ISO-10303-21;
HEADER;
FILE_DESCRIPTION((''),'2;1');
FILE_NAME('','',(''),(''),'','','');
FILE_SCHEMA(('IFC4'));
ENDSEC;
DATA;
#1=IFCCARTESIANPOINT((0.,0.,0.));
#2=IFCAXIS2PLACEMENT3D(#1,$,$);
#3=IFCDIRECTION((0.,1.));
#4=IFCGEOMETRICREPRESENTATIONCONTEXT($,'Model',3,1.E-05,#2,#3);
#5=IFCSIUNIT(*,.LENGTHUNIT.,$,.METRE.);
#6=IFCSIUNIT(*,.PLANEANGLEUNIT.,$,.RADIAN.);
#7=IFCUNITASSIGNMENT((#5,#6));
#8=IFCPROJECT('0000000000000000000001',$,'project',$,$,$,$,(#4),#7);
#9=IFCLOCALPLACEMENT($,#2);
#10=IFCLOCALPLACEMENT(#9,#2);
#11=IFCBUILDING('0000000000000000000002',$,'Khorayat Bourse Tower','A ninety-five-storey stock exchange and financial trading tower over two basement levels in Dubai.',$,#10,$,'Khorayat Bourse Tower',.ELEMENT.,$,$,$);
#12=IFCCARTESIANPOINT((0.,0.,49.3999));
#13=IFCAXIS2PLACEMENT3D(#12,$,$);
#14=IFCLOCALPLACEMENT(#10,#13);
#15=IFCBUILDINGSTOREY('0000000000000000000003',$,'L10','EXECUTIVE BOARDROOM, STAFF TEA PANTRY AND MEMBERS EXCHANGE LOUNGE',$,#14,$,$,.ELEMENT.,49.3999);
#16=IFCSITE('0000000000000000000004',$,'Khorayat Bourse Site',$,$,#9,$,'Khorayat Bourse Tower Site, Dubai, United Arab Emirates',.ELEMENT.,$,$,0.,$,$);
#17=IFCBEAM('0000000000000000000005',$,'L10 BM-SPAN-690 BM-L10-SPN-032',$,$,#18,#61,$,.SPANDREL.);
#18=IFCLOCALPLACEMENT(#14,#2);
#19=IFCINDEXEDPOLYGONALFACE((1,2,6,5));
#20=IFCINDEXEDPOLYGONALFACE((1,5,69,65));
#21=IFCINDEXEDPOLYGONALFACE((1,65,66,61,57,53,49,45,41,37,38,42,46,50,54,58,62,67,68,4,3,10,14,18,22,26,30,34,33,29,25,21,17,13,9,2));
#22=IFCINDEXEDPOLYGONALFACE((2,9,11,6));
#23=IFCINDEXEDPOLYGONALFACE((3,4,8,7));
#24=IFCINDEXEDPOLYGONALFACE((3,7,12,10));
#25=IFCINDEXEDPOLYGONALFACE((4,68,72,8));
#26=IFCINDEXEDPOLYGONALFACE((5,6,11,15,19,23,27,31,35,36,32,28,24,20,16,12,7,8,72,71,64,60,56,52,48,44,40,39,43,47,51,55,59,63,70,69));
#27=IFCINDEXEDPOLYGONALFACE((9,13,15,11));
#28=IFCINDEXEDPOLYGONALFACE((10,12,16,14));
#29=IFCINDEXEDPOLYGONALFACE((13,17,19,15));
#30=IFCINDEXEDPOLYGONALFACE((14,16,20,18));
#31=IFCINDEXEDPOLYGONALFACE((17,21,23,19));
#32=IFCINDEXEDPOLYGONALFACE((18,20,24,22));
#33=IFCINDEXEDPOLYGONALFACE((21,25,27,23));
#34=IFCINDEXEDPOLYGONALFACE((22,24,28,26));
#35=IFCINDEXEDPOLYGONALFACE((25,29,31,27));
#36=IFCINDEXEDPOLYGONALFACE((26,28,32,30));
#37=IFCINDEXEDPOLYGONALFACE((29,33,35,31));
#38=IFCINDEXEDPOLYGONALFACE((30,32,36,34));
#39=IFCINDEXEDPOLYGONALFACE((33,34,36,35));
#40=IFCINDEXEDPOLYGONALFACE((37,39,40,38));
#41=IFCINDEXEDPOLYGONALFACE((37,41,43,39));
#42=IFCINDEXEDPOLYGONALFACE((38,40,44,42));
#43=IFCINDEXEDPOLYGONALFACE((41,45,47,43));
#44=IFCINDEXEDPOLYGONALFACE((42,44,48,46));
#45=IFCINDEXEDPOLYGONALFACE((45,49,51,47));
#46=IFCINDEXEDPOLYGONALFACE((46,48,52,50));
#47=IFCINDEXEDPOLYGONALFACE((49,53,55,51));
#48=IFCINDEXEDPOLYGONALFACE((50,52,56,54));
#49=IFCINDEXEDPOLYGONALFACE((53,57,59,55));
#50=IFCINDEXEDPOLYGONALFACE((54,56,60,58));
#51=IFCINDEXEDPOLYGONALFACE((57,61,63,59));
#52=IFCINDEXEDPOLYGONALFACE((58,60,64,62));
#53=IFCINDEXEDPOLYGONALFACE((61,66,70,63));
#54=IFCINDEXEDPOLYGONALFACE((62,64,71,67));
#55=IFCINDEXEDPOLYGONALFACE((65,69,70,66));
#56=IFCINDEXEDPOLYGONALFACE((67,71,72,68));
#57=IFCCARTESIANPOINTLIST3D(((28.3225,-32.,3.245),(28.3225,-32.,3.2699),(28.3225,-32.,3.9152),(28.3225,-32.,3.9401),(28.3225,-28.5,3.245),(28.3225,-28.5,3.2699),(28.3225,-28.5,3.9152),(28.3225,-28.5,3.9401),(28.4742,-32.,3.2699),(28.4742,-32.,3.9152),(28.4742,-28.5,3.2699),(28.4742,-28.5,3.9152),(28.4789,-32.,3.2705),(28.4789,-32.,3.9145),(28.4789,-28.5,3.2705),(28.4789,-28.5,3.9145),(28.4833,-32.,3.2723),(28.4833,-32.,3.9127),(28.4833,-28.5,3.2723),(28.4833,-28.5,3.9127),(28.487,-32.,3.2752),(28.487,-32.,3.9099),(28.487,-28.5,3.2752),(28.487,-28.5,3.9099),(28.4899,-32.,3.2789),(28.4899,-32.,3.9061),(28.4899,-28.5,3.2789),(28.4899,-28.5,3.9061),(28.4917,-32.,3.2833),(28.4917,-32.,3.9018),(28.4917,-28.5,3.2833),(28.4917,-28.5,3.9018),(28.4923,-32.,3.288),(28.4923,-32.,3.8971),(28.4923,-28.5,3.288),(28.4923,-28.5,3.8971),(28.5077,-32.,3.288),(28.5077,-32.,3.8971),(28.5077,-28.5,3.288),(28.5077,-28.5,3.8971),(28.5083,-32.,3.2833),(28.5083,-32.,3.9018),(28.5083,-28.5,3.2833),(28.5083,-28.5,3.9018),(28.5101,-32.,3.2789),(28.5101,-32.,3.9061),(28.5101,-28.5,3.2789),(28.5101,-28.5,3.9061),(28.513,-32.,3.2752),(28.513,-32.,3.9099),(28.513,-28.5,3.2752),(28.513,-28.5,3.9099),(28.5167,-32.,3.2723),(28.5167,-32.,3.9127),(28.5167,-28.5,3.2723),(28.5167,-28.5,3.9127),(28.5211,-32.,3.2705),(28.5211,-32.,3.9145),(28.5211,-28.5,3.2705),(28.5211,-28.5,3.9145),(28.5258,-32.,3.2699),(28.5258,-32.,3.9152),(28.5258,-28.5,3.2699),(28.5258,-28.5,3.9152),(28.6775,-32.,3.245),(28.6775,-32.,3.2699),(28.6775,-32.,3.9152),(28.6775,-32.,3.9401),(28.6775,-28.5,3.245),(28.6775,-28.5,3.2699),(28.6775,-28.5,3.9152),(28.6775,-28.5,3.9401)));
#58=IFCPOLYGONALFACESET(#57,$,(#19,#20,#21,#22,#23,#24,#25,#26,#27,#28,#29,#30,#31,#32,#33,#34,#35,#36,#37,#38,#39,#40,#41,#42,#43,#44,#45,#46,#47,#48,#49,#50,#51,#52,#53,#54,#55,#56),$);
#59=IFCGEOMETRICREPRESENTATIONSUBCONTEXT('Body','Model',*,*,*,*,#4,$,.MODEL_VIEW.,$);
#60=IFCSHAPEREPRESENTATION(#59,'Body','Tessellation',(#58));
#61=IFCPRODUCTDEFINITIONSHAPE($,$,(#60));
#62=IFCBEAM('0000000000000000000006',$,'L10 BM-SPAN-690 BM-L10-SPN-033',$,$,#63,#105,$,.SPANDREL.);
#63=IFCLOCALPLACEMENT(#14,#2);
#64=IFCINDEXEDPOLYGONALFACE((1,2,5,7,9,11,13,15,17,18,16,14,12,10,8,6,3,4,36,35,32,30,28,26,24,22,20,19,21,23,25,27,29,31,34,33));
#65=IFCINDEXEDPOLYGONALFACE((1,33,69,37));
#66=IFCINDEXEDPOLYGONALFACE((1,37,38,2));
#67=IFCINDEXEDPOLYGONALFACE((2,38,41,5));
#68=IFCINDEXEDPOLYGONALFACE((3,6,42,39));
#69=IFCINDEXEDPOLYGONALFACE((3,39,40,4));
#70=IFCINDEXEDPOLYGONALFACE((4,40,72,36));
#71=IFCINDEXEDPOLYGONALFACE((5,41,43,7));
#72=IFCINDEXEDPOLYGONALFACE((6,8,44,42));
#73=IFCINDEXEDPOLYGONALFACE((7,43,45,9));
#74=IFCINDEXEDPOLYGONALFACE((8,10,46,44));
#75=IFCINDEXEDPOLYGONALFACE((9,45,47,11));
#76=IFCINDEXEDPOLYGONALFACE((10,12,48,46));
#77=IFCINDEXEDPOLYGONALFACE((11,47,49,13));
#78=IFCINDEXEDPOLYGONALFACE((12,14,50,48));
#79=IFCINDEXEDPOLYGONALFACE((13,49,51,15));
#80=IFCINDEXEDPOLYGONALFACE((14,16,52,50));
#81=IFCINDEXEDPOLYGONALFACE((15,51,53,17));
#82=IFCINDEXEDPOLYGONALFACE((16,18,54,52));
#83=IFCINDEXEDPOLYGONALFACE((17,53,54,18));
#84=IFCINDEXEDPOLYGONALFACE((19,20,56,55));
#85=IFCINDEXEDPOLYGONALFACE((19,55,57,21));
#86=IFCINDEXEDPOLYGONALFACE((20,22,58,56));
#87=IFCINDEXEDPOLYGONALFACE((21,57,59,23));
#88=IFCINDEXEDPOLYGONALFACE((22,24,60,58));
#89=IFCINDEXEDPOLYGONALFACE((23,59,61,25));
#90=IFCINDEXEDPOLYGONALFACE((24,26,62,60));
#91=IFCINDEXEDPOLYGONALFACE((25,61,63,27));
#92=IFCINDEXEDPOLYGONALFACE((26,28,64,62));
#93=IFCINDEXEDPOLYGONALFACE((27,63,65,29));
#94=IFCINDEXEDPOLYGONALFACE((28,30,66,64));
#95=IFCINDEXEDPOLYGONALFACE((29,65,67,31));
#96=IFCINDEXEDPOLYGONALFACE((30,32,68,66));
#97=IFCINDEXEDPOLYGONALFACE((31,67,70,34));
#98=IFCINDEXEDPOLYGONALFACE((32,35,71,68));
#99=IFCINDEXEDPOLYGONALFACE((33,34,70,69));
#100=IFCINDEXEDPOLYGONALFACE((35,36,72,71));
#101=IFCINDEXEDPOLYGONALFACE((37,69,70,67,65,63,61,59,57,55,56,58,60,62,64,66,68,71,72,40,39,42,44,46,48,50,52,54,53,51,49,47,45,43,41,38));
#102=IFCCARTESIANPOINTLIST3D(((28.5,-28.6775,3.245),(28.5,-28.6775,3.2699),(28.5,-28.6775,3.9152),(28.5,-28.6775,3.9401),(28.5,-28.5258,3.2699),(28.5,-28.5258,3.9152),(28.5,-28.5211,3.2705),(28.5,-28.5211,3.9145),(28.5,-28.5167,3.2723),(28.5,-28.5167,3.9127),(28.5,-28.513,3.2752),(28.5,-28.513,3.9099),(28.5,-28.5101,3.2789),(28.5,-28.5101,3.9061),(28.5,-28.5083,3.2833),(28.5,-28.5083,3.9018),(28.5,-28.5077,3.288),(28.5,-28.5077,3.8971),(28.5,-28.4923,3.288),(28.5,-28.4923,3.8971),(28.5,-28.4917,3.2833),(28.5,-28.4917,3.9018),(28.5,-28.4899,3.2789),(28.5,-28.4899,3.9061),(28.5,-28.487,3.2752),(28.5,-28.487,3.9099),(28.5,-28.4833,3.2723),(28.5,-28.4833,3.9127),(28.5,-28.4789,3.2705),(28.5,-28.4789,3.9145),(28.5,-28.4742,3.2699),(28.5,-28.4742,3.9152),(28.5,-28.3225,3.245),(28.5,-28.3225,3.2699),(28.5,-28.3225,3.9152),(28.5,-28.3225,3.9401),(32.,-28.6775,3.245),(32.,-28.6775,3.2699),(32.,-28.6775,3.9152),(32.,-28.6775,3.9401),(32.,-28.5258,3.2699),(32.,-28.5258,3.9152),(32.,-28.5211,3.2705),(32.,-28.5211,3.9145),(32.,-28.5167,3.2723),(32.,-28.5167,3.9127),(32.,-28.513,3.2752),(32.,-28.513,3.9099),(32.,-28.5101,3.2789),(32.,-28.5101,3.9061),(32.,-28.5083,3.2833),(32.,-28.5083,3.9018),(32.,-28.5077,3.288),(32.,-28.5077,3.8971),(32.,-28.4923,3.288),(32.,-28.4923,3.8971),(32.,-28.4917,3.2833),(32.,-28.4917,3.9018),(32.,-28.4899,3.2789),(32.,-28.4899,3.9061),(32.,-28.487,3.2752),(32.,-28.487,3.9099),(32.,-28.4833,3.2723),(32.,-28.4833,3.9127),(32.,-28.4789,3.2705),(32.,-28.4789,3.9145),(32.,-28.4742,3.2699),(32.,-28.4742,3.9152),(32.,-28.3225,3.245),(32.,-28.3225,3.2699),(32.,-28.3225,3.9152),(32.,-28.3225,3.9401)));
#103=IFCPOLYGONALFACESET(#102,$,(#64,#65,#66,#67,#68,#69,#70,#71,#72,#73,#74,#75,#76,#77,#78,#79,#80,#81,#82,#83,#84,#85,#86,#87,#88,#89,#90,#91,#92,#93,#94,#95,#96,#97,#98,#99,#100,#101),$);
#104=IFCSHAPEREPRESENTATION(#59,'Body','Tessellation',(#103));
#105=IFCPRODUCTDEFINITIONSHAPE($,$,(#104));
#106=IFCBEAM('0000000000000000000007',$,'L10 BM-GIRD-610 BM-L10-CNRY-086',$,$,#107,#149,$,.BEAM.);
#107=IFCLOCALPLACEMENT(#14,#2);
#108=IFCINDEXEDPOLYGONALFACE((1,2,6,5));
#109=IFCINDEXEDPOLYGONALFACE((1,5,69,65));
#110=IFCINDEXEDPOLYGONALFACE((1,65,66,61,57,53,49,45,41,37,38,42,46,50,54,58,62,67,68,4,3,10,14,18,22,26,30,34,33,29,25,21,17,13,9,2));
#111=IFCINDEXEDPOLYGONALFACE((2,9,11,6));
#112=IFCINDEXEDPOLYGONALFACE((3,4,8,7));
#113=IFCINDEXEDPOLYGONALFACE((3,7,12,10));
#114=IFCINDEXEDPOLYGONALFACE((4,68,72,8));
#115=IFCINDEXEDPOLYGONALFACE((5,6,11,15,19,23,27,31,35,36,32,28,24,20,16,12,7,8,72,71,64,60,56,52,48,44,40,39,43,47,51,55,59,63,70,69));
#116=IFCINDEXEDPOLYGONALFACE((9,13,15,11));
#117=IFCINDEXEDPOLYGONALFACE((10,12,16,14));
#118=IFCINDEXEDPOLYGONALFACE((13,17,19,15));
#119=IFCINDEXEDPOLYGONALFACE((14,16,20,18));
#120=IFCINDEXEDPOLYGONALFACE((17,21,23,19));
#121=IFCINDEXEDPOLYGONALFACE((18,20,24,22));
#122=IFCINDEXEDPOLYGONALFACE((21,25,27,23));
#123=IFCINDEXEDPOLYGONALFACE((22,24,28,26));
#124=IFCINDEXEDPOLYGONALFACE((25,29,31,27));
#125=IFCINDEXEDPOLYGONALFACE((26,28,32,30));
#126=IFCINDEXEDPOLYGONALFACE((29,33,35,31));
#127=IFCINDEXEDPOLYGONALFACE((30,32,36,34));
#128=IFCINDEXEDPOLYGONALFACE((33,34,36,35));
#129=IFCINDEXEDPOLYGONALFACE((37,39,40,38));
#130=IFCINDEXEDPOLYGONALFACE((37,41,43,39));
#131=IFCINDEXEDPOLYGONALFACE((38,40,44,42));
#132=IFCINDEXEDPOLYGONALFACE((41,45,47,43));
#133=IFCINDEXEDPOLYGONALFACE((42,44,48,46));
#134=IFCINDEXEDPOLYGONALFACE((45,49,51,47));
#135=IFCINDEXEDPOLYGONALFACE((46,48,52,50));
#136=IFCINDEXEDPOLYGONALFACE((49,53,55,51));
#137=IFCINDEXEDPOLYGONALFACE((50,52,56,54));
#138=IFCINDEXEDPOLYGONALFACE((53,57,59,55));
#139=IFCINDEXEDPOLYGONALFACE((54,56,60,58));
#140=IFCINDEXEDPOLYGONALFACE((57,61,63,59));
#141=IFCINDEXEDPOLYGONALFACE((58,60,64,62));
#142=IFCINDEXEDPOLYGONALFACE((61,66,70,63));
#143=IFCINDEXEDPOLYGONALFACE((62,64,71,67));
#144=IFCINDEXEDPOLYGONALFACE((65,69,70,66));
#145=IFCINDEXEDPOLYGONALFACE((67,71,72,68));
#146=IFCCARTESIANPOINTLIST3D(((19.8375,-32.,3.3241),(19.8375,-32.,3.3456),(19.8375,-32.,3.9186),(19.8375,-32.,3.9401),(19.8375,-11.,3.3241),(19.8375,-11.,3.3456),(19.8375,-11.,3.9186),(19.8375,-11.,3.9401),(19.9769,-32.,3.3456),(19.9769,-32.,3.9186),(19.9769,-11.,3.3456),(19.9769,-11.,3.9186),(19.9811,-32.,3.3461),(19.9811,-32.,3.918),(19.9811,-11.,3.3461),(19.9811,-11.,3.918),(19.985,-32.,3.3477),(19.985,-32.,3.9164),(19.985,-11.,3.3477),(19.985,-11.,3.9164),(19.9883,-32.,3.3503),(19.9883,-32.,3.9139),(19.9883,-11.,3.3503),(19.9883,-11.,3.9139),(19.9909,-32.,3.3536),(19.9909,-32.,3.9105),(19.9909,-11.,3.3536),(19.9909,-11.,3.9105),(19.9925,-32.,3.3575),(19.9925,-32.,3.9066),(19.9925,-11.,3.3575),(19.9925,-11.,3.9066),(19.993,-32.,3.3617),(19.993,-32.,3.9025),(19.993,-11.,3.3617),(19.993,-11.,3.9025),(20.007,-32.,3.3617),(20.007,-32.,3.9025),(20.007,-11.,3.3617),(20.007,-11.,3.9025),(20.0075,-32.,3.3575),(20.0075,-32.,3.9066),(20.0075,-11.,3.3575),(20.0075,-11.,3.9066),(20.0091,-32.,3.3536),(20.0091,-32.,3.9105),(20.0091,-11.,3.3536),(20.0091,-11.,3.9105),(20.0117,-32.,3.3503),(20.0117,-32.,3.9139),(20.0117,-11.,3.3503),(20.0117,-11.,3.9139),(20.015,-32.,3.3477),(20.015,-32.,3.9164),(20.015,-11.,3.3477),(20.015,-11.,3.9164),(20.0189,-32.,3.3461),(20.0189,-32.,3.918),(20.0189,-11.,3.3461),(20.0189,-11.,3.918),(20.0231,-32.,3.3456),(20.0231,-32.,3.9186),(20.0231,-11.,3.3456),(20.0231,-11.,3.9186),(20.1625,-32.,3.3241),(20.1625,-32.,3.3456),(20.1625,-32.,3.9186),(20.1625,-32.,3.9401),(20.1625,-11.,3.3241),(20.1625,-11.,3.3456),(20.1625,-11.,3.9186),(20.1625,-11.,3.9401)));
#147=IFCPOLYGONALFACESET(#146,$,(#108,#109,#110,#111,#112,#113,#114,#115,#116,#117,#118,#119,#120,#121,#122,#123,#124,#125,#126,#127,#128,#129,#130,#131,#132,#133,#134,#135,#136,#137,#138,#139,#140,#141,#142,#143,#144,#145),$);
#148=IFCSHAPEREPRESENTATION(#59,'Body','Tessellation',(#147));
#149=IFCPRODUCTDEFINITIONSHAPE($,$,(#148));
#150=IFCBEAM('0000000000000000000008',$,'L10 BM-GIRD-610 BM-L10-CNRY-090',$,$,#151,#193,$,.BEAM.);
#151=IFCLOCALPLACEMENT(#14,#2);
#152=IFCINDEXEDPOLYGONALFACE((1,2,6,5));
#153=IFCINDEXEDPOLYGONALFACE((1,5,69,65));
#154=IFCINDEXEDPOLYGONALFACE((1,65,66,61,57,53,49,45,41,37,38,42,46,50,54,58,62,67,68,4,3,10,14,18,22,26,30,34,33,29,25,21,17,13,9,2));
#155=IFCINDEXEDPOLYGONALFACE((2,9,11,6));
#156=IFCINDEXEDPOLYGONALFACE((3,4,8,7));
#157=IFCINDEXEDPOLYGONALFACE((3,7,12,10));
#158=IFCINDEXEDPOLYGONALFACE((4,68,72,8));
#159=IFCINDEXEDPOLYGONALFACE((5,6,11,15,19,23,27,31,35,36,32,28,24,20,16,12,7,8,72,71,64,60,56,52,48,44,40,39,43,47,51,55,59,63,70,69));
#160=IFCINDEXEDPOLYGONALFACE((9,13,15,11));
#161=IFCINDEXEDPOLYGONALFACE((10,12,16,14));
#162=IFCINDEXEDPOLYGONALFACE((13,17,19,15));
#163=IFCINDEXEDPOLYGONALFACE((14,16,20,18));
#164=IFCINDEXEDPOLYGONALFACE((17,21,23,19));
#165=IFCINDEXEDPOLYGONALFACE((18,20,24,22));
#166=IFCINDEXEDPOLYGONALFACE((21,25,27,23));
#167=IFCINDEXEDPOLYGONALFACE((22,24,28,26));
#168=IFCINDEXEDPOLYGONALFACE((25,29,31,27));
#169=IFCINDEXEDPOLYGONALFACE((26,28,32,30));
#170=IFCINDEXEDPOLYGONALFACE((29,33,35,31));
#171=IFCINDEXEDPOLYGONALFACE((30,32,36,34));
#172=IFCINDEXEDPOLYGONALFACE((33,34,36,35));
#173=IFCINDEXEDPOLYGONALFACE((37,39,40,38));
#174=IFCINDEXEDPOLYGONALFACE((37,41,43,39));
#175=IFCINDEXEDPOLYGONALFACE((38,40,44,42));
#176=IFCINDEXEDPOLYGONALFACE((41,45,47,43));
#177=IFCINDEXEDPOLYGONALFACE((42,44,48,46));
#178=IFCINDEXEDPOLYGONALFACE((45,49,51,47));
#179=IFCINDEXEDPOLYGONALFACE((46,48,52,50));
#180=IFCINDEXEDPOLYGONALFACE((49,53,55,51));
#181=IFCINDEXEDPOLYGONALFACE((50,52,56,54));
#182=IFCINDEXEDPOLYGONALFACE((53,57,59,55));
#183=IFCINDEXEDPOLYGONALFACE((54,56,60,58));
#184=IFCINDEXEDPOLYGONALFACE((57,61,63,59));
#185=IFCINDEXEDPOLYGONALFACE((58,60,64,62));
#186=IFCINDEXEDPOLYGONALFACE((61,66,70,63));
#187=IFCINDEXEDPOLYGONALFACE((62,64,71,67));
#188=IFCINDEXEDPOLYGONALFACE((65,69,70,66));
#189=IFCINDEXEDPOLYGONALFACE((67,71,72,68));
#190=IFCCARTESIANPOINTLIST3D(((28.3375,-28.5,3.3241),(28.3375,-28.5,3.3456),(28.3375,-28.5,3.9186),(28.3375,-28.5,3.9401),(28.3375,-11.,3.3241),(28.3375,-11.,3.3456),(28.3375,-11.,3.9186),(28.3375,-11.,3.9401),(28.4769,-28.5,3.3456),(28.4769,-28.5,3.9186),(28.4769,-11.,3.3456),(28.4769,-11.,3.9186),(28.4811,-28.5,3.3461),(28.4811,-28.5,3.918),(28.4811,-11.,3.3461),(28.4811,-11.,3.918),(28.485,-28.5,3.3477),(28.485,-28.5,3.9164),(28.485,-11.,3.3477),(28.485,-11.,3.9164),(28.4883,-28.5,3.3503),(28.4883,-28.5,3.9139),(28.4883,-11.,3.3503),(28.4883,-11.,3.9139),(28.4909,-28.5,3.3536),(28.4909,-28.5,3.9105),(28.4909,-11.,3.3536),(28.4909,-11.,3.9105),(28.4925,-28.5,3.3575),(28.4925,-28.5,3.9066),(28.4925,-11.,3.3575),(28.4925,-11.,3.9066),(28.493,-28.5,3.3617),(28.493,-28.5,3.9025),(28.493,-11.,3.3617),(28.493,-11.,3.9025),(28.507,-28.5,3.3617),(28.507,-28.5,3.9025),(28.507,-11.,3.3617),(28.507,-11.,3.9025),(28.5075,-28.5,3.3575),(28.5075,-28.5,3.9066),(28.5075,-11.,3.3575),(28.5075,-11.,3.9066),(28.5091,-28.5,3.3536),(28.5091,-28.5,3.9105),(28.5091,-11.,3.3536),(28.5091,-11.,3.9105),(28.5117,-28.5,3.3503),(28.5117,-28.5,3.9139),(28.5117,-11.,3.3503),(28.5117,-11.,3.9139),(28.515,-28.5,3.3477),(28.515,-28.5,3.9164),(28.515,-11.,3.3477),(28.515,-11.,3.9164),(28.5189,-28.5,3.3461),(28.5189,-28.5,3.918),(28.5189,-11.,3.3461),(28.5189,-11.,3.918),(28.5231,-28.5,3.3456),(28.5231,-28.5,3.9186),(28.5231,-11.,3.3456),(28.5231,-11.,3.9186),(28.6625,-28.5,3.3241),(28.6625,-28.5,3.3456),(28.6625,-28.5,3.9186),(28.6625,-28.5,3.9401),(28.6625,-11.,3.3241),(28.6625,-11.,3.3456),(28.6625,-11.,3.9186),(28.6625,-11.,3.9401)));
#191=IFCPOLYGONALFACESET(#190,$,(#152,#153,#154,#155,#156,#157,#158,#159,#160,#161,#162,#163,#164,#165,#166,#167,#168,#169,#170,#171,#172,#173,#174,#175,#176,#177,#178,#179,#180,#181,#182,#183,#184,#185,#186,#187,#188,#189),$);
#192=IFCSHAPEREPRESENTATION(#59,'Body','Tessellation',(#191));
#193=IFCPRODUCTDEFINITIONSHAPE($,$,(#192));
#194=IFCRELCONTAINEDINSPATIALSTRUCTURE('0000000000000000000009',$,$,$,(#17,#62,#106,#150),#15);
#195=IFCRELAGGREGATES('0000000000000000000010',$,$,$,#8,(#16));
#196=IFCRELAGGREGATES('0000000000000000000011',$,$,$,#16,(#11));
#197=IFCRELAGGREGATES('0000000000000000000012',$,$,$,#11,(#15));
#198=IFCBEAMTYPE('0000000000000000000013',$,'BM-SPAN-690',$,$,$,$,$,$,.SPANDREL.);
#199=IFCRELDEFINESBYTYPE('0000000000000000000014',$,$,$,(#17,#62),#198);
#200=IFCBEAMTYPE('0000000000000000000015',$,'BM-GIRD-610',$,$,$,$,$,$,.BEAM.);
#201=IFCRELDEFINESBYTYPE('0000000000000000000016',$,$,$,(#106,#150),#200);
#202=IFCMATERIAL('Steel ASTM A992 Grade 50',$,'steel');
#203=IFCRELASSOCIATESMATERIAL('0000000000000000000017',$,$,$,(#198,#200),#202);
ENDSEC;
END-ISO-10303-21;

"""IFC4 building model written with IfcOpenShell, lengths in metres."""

from ifc_helpers import new_model, si_unit, direction, frame, origin, origin_2d, place, context, subcontext, project, spatial, i_section, extrude, source, transform, mapped, material, material_profile, profile_set, type_object, element, save


model = new_model("IFC4")

# Units and contexts
model_context = context("Model", 3, precision=1e-05, world=origin(), true_north=direction((0.0, 1.0)))
body_context = subcontext(model_context, "Body", "Model", "MODEL_VIEW")
ifc_project = project(units=[si_unit("LENGTHUNIT", "METRE"), si_unit("PLANEANGLEUNIT", "RADIAN")], contexts=[model_context])

# Site, building, storey
site_placement = place(None, origin())
site = spatial("IfcSite", under=ifc_project, at=site_placement, Name="Khorayat Bourse Site", LongName="Khorayat Bourse Tower Site, Dubai, United Arab Emirates", CompositionType="ELEMENT", RefElevation=0.0)
building_placement = place(site_placement, origin())
building = spatial("IfcBuilding", under=site, at=building_placement, Name="Khorayat Bourse Tower", Description="A ninety-five-storey stock exchange and financial trading tower over two basement levels in Dubai.", LongName="Khorayat Bourse Tower", CompositionType="ELEMENT")
storey_placement = place(building_placement, frame((0.0, 0.0, 49.3999)))
storey = spatial("IfcBuildingStorey", under=building, at=storey_placement, Name="L10", Description="EXECUTIVE BOARDROOM, STAFF TEA PANTRY AND MEMBERS EXCHANGE LOUNGE", CompositionType="ELEMENT", Elevation=49.3999)

# Beams
ifc_material_1 = material(Name="Steel ASTM A992 Grade 50", Category="steel")
ifc_material_profile_1 = material_profile(ifc_material_1, i_section(OverallWidth=0.355, OverallDepth=0.6951, WebThickness=0.0154, FlangeThickness=0.0249, FilletRadius=0.0181, at=origin_2d()), Name="W690X217")
ifc_profile_set_1 = profile_set([ifc_material_profile_1], Name="Steel ASTM A992 Grade 50")
beam_type_1 = type_object("IfcBeamType", Name="BM-SPAN-690", PredefinedType="SPANDREL", material=ifc_profile_set_1)
shared_shape_1 = source(origin(), body_context, "Body", "SweptSolid", [
    extrude(i_section(OverallWidth=0.355, OverallDepth=0.6951, WebThickness=0.0154, FlangeThickness=0.0249, FilletRadius=0.0181, at=origin_2d()), origin(), (0.0, 0.0, 1.0), 3.5),
])
for number, where, z_axis, x_axis, name in (
    (1, (28.5, -32.0, 3.5925), (0.0, 1.0, 0.0), (-1.0, 0.0, 0.0), "L10 BM-SPAN-690 BM-L10-SPN-032"),
    (2, (28.5, -28.5, 3.5925), (1.0, 0.0, 0.0), (0.0, 1.0, 0.0), "L10 BM-SPAN-690 BM-L10-SPN-033"),
):
    element("IfcBeam", number, at=place(storey_placement, frame(where, z_axis=z_axis, x_axis=x_axis)), inside=storey, type_object=beam_type_1, Name=name, PredefinedType="SPANDREL", context=body_context, shape_type="MappedRepresentation", body=[
        mapped(shared_shape_1, transform((0.0, 0.0, 0.0), scale=1.0)),
    ])
ifc_material_profile_2 = material_profile(ifc_material_1, i_section(OverallWidth=0.325, OverallDepth=0.616, WebThickness=0.0139, FlangeThickness=0.0215, FilletRadius=0.0161, at=origin_2d()), Name="W610X174")
ifc_profile_set_2 = profile_set([ifc_material_profile_2], Name="Steel ASTM A992 Grade 50")
beam_type_2 = type_object("IfcBeamType", Name="BM-GIRD-610", PredefinedType="BEAM", material=ifc_profile_set_2)
shared_shape_2 = source(origin(), body_context, "Body", "SweptSolid", [
    extrude(i_section(OverallWidth=0.325, OverallDepth=0.616, WebThickness=0.0139, FlangeThickness=0.0215, FilletRadius=0.0161, at=origin_2d()), origin(), (0.0, 0.0, 1.0), 21.0),
])
beam_1_placement = place(storey_placement, frame((20.0, -32.0, 3.6321), z_axis=(0.0, 1.0, 0.0), x_axis=(-1.0, 0.0, 0.0)))
element("IfcBeam", 3, at=beam_1_placement, inside=storey, type_object=beam_type_2, Name="L10 BM-GIRD-610 BM-L10-CNRY-086", PredefinedType="BEAM", context=body_context, shape_type="MappedRepresentation", body=[
    mapped(shared_shape_2, transform((0.0, 0.0, 0.0), scale=1.0)),
])
shared_shape_3 = source(origin(), body_context, "Body", "SweptSolid", [
    extrude(i_section(OverallWidth=0.325, OverallDepth=0.616, WebThickness=0.0139, FlangeThickness=0.0215, FilletRadius=0.0161, at=origin_2d()), origin(), (0.0, 0.0, 1.0), 17.5),
])
beam_2_placement = place(storey_placement, frame((28.5, -28.5, 3.6321), z_axis=(0.0, 1.0, 0.0), x_axis=(-1.0, 0.0, 0.0)))
element("IfcBeam", 4, at=beam_2_placement, inside=storey, type_object=beam_type_2, Name="L10 BM-GIRD-610 BM-L10-CNRY-090", PredefinedType="BEAM", context=body_context, shape_type="MappedRepresentation", body=[
    mapped(shared_shape_3, transform((0.0, 0.0, 0.0), scale=1.0)),
])

save(model, "model.ifc")
